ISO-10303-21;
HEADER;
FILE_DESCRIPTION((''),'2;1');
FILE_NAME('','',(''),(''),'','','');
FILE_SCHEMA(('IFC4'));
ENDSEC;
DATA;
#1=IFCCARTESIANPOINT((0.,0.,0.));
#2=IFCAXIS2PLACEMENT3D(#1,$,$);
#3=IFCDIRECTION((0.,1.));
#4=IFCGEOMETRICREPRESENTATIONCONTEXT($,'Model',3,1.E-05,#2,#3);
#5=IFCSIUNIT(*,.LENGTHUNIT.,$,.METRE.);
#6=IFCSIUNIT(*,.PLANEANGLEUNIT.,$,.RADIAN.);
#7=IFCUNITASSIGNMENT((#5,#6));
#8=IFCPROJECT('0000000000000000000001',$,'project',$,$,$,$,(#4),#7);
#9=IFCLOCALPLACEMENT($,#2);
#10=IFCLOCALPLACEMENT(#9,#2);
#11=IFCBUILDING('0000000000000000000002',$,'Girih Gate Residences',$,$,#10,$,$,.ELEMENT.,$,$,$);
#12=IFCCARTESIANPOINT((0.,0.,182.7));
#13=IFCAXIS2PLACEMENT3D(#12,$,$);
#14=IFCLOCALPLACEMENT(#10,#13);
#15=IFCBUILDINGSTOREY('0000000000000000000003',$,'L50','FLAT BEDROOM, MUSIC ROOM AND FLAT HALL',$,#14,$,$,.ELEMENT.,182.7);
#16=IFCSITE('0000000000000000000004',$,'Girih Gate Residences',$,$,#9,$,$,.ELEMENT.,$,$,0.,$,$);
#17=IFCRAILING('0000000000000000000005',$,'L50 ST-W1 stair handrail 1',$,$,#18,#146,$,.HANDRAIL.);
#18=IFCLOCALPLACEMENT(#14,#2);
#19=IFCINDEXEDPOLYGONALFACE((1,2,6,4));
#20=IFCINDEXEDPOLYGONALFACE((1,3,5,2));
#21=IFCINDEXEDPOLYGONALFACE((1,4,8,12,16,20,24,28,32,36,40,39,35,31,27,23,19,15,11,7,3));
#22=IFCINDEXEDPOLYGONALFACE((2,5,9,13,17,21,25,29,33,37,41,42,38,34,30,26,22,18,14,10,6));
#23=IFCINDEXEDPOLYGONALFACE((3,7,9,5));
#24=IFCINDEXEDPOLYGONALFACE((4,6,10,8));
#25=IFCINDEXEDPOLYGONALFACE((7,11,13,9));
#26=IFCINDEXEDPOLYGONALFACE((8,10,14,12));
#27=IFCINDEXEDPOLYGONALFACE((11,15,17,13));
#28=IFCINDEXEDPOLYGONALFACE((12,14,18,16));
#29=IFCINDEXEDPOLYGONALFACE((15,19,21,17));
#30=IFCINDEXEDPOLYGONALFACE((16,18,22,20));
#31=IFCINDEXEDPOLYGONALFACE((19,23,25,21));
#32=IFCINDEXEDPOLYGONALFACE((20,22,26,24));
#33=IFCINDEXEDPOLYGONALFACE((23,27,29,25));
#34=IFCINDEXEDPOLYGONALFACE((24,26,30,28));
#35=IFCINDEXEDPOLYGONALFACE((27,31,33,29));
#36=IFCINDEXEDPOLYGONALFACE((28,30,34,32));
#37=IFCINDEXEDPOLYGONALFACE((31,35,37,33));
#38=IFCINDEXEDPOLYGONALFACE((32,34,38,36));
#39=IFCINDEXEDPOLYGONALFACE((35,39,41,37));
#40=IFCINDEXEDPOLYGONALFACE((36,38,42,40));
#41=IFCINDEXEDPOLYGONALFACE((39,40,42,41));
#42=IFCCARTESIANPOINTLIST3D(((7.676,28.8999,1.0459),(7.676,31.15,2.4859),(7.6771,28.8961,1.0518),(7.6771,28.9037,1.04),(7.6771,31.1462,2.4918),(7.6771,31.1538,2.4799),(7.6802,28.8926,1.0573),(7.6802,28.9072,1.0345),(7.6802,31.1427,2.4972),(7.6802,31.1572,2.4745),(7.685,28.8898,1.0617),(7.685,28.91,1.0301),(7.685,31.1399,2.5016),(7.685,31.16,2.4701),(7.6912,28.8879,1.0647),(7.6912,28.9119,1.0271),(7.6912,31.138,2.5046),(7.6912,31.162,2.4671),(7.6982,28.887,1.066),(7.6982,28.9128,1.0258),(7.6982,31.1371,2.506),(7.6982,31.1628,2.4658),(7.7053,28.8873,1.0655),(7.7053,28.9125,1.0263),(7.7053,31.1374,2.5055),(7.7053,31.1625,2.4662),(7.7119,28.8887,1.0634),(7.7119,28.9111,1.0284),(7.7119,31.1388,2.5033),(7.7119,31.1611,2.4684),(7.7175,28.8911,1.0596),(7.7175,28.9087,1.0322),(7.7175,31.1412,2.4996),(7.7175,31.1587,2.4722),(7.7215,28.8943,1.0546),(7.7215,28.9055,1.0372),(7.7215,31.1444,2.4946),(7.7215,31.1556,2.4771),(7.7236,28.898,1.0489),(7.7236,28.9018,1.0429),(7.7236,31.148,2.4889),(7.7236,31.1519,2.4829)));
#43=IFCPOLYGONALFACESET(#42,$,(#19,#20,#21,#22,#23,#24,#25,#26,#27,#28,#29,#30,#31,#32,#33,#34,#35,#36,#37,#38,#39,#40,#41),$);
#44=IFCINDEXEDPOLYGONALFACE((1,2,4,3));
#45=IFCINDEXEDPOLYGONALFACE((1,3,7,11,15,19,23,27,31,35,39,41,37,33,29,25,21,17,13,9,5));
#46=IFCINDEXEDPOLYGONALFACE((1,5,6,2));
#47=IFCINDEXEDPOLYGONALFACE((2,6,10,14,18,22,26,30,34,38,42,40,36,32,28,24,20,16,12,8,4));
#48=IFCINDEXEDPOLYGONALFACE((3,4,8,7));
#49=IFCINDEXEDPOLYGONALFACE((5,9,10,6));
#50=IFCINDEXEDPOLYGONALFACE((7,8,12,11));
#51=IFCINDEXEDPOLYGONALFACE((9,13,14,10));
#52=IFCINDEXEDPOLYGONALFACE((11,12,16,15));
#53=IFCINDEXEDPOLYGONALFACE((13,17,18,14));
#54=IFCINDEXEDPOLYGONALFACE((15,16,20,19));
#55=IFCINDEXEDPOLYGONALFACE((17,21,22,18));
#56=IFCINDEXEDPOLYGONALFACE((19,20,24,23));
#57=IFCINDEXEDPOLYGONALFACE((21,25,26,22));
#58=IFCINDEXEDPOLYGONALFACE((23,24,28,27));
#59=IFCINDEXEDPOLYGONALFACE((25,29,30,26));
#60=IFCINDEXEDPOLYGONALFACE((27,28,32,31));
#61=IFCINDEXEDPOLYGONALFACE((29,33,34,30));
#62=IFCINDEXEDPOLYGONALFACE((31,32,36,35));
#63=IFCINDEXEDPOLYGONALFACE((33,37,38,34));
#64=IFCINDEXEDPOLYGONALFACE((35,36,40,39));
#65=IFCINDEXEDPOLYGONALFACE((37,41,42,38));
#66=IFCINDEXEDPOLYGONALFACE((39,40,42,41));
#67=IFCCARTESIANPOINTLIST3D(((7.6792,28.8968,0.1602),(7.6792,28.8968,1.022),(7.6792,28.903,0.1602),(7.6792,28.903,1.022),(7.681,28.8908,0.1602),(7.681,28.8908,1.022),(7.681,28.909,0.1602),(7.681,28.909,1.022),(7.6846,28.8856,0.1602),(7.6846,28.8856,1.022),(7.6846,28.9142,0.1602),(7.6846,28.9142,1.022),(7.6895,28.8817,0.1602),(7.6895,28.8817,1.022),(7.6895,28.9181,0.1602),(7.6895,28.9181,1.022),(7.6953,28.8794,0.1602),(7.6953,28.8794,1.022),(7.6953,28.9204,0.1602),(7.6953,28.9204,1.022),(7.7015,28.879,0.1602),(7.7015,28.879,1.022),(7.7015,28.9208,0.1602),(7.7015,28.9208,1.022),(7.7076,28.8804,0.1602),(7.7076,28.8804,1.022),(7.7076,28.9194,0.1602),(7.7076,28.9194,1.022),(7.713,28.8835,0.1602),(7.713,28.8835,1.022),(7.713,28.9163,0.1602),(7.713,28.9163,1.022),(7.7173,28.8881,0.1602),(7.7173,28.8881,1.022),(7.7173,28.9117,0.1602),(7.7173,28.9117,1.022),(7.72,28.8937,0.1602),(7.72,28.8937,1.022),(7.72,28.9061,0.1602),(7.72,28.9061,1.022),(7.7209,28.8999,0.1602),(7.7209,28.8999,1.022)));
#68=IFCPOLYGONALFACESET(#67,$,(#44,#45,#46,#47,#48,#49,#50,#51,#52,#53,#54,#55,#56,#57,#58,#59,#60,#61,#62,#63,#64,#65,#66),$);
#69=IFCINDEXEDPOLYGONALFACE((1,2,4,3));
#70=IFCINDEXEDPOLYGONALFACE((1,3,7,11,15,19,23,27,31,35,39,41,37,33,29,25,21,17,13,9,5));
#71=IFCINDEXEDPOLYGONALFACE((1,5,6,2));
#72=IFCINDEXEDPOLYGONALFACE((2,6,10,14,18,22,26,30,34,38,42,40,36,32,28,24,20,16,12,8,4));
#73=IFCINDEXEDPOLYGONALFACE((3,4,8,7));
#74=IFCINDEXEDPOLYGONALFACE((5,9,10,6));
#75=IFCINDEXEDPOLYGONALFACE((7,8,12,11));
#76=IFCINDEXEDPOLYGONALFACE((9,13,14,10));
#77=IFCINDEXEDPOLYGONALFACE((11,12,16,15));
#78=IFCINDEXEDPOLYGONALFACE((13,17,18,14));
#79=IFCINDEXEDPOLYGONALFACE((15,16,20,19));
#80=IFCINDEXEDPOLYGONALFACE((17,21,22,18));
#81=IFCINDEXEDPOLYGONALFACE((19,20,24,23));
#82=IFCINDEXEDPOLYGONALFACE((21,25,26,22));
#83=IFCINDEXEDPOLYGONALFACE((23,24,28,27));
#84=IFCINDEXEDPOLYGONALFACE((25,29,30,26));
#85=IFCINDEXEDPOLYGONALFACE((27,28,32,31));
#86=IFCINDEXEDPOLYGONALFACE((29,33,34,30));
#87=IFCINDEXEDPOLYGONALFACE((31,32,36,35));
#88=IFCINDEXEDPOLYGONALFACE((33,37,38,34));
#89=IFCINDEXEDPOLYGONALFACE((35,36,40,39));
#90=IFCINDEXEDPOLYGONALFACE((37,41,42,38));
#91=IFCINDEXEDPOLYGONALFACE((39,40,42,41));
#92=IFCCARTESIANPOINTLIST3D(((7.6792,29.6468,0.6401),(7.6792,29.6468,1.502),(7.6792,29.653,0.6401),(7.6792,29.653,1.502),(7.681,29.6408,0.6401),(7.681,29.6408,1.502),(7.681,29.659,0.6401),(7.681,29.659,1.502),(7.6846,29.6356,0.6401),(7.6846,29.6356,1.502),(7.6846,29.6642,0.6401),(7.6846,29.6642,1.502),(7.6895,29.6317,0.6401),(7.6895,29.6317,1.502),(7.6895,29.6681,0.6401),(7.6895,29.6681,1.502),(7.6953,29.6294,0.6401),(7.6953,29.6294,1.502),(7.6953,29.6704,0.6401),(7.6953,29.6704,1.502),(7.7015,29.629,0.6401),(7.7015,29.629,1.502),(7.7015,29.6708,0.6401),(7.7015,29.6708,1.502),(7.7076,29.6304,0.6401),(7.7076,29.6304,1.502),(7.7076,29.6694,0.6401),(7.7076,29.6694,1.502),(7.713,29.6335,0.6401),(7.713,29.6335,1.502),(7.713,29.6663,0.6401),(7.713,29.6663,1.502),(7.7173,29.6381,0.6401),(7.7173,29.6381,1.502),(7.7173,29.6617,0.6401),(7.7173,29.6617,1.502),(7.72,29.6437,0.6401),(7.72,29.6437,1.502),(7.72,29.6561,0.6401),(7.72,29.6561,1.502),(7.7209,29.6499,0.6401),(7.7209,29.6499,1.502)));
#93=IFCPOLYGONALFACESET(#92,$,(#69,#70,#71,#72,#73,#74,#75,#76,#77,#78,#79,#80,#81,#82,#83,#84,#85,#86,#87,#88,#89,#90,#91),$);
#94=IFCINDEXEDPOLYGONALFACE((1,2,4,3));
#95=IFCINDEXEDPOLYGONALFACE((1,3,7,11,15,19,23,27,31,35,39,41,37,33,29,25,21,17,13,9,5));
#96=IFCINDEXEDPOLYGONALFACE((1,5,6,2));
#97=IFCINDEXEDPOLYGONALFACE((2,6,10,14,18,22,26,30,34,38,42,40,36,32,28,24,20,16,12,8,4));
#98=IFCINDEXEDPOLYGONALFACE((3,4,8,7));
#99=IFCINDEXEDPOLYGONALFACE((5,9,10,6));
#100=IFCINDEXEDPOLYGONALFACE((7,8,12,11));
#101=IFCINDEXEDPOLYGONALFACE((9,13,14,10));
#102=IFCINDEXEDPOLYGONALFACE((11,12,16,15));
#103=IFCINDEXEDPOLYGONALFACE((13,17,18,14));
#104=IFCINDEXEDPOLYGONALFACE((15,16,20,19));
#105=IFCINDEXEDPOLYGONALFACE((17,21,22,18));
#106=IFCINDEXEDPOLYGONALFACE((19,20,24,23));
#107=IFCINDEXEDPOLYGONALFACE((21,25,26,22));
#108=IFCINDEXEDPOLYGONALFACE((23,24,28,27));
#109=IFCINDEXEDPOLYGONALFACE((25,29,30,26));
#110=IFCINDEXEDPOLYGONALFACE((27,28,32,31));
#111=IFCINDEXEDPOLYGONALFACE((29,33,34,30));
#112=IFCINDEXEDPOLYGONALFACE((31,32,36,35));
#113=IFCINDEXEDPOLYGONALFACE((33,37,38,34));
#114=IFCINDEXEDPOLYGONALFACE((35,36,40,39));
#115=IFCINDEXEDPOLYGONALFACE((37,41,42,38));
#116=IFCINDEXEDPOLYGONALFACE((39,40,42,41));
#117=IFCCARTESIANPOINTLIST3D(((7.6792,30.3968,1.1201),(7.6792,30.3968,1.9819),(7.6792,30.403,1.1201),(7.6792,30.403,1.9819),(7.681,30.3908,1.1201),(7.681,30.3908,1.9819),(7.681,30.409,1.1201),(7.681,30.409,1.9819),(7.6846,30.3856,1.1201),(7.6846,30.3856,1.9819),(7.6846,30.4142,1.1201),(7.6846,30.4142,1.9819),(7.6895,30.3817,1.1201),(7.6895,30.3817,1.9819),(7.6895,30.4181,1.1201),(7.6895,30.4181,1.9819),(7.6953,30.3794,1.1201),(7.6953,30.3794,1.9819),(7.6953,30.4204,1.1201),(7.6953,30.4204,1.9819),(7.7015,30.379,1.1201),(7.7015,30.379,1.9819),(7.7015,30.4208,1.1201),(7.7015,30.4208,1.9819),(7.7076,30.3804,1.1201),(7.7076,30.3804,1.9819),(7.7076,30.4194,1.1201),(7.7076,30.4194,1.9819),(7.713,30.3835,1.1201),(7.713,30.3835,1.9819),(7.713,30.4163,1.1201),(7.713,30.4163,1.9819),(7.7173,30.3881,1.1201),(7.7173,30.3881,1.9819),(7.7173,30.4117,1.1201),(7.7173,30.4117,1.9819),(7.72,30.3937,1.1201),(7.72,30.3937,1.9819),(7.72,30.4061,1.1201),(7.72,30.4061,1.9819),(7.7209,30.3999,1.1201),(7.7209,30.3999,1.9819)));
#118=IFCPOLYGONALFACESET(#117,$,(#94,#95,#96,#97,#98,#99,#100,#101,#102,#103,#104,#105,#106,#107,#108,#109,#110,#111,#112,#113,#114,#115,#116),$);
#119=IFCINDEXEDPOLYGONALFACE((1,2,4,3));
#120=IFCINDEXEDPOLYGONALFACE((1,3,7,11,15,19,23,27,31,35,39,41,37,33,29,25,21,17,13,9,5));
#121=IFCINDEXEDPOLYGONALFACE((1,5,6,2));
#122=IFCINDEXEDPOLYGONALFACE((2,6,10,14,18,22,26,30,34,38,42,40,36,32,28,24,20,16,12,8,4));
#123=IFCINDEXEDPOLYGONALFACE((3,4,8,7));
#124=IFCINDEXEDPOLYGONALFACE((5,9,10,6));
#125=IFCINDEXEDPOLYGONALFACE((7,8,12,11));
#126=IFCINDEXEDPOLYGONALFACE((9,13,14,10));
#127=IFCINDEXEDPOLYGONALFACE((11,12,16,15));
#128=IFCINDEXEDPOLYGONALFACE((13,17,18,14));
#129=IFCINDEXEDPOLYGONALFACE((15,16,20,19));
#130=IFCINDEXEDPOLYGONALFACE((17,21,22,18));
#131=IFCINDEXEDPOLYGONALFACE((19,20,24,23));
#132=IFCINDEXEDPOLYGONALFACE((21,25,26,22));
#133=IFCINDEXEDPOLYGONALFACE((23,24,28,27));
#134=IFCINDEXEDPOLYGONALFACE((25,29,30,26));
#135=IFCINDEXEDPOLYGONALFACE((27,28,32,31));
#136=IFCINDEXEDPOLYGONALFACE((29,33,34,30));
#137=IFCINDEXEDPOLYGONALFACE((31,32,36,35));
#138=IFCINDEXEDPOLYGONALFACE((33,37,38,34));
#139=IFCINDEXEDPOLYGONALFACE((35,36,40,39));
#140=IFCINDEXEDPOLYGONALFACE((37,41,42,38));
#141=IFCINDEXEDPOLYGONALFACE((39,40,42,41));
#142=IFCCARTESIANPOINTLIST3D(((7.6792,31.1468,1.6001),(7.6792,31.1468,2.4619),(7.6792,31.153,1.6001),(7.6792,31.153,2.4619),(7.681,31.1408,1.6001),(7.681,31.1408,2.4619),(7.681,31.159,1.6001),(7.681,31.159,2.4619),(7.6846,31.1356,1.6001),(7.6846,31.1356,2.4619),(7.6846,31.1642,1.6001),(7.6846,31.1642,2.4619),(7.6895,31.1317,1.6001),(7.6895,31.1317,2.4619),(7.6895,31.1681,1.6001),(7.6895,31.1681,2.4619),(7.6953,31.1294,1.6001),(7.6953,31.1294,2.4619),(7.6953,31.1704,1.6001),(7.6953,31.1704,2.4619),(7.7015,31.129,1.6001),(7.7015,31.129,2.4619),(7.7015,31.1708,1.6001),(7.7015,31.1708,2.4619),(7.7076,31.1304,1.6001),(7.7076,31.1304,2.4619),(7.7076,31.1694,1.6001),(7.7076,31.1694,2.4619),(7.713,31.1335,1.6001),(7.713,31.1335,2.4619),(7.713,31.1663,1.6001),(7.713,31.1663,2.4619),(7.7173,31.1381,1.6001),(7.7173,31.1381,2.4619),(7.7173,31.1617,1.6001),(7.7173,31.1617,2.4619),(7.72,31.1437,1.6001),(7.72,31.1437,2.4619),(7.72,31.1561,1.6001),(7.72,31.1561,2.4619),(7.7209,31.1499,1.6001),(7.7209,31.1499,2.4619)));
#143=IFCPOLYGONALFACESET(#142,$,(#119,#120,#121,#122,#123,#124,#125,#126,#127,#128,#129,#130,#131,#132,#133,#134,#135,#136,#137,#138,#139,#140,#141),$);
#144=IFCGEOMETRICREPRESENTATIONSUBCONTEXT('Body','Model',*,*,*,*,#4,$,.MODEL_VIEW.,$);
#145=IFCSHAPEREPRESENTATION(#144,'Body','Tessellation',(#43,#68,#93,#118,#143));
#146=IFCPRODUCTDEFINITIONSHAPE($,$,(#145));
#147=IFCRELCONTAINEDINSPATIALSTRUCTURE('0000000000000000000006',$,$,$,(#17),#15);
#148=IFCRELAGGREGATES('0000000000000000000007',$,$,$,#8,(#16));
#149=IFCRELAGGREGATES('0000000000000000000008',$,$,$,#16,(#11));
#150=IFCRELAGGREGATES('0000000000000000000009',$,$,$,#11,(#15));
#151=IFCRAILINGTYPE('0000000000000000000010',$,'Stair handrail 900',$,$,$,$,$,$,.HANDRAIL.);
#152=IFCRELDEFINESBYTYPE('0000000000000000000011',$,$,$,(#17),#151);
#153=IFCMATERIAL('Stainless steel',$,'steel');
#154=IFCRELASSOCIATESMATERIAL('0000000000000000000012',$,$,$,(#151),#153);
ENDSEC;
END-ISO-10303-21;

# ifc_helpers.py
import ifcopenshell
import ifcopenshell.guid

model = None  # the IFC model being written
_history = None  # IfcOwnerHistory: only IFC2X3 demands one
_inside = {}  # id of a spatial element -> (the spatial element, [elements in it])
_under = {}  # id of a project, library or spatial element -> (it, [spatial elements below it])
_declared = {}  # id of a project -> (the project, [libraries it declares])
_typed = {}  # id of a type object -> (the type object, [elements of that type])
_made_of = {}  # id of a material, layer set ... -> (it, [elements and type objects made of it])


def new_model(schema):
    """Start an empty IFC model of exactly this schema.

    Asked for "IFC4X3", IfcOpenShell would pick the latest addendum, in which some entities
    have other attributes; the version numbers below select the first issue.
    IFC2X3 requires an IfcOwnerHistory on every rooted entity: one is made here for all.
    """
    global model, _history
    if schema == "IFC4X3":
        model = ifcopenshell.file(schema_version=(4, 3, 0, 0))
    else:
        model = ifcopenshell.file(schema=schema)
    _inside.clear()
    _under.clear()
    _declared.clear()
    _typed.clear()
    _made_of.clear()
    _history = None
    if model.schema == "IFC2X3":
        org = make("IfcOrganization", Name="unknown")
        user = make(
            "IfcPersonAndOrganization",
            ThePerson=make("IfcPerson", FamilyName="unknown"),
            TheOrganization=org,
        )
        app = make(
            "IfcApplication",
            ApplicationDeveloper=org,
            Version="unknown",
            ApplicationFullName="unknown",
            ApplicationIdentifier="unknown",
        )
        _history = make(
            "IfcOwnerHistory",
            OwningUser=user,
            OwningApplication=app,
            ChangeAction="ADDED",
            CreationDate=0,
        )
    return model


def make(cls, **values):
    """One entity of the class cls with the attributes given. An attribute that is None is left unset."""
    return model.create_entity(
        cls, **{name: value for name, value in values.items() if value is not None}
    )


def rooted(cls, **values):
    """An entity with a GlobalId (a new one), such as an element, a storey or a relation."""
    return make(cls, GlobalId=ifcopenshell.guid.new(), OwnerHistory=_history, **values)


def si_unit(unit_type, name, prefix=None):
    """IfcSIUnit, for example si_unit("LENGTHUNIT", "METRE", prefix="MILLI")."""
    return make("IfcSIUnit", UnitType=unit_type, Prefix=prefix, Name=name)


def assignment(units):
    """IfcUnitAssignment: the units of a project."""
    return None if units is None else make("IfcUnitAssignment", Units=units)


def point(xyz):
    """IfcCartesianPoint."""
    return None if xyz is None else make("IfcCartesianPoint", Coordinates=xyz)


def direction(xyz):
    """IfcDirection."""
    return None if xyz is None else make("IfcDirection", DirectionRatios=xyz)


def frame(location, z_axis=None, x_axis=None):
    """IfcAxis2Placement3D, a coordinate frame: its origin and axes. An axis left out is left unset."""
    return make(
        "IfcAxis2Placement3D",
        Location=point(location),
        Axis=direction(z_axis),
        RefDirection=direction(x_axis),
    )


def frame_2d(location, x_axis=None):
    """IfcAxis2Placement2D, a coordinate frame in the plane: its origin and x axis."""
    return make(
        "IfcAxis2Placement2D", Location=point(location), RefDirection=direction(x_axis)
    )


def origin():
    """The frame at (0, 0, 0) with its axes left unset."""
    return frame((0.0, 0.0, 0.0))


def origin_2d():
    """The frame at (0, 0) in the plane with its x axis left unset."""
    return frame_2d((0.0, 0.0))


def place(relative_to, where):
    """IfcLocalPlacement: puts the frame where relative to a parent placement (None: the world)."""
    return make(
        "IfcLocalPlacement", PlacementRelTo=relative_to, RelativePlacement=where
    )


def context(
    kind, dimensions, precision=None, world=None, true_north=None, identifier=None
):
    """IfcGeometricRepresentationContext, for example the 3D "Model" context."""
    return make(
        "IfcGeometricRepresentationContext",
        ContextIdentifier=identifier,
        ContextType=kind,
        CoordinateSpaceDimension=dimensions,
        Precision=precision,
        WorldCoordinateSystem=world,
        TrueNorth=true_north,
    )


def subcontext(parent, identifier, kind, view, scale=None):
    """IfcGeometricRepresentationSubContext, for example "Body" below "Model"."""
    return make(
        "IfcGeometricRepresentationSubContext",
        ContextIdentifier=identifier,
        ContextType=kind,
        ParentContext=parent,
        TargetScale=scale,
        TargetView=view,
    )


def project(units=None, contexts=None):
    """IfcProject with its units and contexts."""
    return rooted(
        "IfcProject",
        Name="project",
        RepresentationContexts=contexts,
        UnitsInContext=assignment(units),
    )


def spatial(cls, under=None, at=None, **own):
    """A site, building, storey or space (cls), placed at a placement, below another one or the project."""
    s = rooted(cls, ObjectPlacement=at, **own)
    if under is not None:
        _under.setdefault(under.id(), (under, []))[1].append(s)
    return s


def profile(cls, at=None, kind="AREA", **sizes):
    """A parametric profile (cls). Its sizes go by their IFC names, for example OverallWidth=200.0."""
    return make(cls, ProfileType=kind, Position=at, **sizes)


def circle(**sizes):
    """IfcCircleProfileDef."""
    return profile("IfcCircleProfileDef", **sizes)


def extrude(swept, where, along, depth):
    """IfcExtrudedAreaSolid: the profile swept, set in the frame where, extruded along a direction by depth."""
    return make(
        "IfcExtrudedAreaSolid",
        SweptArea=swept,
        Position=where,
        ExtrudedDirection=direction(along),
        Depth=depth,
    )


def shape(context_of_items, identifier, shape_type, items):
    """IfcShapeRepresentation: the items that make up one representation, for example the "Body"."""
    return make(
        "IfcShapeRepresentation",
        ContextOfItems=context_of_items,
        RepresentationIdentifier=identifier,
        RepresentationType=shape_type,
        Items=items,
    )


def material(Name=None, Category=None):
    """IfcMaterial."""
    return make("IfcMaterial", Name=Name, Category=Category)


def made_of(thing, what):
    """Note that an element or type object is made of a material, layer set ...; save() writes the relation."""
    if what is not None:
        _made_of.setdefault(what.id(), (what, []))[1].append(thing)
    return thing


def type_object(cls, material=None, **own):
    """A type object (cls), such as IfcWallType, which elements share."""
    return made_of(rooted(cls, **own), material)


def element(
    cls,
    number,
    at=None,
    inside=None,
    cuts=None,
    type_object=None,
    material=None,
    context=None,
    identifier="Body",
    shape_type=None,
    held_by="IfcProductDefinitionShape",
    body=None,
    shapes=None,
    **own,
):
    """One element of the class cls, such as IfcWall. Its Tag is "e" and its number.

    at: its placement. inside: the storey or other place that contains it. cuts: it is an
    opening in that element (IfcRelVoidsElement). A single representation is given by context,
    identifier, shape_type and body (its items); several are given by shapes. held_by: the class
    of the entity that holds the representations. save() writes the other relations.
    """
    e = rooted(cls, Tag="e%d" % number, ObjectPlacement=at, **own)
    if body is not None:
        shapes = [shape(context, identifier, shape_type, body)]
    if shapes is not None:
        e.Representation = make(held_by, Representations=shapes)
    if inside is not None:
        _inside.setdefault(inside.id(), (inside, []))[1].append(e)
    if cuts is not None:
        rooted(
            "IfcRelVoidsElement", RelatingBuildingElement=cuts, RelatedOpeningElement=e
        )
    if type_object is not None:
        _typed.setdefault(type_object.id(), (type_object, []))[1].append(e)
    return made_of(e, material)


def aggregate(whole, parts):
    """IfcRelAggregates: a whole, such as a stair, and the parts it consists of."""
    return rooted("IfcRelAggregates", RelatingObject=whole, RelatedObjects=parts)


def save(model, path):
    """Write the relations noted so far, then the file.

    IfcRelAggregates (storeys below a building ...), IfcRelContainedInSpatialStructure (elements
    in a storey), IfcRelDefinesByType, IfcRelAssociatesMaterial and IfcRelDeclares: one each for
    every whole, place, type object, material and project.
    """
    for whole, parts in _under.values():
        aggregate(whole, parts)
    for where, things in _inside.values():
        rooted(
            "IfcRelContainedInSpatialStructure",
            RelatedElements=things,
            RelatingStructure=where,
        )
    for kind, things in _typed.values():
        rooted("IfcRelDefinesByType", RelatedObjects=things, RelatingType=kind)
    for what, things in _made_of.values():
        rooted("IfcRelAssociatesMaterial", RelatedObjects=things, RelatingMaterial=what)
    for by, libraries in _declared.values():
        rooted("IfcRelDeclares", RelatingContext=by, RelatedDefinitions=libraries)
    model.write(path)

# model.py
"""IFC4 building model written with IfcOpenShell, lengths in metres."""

from ifc_helpers import new_model, si_unit, direction, frame, origin, origin_2d, place, context, subcontext, project, spatial, circle, extrude, material, type_object, element, save


model = new_model("IFC4")

# Units and contexts
model_context = context("Model", 3, precision=1e-05, world=origin(), true_north=direction((0.0, 1.0)))
body_context = subcontext(model_context, "Body", "Model", "MODEL_VIEW")
ifc_project = project(units=[si_unit("LENGTHUNIT", "METRE"), si_unit("PLANEANGLEUNIT", "RADIAN")], contexts=[model_context])

# Site, building, storey
site_placement = place(None, origin())
site = spatial("IfcSite", under=ifc_project, at=site_placement, Name="Girih Gate Residences", CompositionType="ELEMENT", RefElevation=0.0)
building_placement = place(site_placement, origin())
building = spatial("IfcBuilding", under=site, at=building_placement, Name="Girih Gate Residences", CompositionType="ELEMENT")
storey_placement = place(building_placement, frame((0.0, 0.0, 182.7)))
storey = spatial("IfcBuildingStorey", under=building, at=storey_placement, Name="L50", Description="FLAT BEDROOM, MUSIC ROOM AND FLAT HALL", CompositionType="ELEMENT", Elevation=182.7)

# Shared definitions
ifc_material_1 = material(Name="Stainless steel", Category="steel")

# Railing
railing_type_1 = type_object("IfcRailingType", Name="Stair handrail 900", PredefinedType="HANDRAIL", material=ifc_material_1)
railing_1_placement = place(storey_placement, frame((7.7, 28.8999, 0.1602)))
element("IfcRailing", 1, at=railing_1_placement, inside=storey, type_object=railing_type_1, Name="L50 ST-W1 stair handrail 1", PredefinedType="HANDRAIL", context=body_context, shape_type="SweptSolid", body=[
    extrude(circle(Radius=0.0239, at=origin_2d()), frame((0.0, 0.0, 0.8857), z_axis=(0.0, 0.842281, 0.539038), x_axis=(-1.0, 0.0, 0.0)), (0.0, 0.0, 1.0), 2.6714),
    extrude(circle(Radius=0.021, at=origin_2d()), origin(), (0.0, 0.0, 1.0), 0.8618),
    extrude(circle(Radius=0.021, at=origin_2d()), frame((0.0, 0.75, 0.48)), (0.0, 0.0, 1.0), 0.8618),
    extrude(circle(Radius=0.021, at=origin_2d()), frame((0.0, 1.5, 0.96)), (0.0, 0.0, 1.0), 0.8618),
    extrude(circle(Radius=0.021, at=origin_2d()), frame((0.0, 2.25, 1.4399)), (0.0, 0.0, 1.0), 0.8618),
])

save(model, "model.ifc")
